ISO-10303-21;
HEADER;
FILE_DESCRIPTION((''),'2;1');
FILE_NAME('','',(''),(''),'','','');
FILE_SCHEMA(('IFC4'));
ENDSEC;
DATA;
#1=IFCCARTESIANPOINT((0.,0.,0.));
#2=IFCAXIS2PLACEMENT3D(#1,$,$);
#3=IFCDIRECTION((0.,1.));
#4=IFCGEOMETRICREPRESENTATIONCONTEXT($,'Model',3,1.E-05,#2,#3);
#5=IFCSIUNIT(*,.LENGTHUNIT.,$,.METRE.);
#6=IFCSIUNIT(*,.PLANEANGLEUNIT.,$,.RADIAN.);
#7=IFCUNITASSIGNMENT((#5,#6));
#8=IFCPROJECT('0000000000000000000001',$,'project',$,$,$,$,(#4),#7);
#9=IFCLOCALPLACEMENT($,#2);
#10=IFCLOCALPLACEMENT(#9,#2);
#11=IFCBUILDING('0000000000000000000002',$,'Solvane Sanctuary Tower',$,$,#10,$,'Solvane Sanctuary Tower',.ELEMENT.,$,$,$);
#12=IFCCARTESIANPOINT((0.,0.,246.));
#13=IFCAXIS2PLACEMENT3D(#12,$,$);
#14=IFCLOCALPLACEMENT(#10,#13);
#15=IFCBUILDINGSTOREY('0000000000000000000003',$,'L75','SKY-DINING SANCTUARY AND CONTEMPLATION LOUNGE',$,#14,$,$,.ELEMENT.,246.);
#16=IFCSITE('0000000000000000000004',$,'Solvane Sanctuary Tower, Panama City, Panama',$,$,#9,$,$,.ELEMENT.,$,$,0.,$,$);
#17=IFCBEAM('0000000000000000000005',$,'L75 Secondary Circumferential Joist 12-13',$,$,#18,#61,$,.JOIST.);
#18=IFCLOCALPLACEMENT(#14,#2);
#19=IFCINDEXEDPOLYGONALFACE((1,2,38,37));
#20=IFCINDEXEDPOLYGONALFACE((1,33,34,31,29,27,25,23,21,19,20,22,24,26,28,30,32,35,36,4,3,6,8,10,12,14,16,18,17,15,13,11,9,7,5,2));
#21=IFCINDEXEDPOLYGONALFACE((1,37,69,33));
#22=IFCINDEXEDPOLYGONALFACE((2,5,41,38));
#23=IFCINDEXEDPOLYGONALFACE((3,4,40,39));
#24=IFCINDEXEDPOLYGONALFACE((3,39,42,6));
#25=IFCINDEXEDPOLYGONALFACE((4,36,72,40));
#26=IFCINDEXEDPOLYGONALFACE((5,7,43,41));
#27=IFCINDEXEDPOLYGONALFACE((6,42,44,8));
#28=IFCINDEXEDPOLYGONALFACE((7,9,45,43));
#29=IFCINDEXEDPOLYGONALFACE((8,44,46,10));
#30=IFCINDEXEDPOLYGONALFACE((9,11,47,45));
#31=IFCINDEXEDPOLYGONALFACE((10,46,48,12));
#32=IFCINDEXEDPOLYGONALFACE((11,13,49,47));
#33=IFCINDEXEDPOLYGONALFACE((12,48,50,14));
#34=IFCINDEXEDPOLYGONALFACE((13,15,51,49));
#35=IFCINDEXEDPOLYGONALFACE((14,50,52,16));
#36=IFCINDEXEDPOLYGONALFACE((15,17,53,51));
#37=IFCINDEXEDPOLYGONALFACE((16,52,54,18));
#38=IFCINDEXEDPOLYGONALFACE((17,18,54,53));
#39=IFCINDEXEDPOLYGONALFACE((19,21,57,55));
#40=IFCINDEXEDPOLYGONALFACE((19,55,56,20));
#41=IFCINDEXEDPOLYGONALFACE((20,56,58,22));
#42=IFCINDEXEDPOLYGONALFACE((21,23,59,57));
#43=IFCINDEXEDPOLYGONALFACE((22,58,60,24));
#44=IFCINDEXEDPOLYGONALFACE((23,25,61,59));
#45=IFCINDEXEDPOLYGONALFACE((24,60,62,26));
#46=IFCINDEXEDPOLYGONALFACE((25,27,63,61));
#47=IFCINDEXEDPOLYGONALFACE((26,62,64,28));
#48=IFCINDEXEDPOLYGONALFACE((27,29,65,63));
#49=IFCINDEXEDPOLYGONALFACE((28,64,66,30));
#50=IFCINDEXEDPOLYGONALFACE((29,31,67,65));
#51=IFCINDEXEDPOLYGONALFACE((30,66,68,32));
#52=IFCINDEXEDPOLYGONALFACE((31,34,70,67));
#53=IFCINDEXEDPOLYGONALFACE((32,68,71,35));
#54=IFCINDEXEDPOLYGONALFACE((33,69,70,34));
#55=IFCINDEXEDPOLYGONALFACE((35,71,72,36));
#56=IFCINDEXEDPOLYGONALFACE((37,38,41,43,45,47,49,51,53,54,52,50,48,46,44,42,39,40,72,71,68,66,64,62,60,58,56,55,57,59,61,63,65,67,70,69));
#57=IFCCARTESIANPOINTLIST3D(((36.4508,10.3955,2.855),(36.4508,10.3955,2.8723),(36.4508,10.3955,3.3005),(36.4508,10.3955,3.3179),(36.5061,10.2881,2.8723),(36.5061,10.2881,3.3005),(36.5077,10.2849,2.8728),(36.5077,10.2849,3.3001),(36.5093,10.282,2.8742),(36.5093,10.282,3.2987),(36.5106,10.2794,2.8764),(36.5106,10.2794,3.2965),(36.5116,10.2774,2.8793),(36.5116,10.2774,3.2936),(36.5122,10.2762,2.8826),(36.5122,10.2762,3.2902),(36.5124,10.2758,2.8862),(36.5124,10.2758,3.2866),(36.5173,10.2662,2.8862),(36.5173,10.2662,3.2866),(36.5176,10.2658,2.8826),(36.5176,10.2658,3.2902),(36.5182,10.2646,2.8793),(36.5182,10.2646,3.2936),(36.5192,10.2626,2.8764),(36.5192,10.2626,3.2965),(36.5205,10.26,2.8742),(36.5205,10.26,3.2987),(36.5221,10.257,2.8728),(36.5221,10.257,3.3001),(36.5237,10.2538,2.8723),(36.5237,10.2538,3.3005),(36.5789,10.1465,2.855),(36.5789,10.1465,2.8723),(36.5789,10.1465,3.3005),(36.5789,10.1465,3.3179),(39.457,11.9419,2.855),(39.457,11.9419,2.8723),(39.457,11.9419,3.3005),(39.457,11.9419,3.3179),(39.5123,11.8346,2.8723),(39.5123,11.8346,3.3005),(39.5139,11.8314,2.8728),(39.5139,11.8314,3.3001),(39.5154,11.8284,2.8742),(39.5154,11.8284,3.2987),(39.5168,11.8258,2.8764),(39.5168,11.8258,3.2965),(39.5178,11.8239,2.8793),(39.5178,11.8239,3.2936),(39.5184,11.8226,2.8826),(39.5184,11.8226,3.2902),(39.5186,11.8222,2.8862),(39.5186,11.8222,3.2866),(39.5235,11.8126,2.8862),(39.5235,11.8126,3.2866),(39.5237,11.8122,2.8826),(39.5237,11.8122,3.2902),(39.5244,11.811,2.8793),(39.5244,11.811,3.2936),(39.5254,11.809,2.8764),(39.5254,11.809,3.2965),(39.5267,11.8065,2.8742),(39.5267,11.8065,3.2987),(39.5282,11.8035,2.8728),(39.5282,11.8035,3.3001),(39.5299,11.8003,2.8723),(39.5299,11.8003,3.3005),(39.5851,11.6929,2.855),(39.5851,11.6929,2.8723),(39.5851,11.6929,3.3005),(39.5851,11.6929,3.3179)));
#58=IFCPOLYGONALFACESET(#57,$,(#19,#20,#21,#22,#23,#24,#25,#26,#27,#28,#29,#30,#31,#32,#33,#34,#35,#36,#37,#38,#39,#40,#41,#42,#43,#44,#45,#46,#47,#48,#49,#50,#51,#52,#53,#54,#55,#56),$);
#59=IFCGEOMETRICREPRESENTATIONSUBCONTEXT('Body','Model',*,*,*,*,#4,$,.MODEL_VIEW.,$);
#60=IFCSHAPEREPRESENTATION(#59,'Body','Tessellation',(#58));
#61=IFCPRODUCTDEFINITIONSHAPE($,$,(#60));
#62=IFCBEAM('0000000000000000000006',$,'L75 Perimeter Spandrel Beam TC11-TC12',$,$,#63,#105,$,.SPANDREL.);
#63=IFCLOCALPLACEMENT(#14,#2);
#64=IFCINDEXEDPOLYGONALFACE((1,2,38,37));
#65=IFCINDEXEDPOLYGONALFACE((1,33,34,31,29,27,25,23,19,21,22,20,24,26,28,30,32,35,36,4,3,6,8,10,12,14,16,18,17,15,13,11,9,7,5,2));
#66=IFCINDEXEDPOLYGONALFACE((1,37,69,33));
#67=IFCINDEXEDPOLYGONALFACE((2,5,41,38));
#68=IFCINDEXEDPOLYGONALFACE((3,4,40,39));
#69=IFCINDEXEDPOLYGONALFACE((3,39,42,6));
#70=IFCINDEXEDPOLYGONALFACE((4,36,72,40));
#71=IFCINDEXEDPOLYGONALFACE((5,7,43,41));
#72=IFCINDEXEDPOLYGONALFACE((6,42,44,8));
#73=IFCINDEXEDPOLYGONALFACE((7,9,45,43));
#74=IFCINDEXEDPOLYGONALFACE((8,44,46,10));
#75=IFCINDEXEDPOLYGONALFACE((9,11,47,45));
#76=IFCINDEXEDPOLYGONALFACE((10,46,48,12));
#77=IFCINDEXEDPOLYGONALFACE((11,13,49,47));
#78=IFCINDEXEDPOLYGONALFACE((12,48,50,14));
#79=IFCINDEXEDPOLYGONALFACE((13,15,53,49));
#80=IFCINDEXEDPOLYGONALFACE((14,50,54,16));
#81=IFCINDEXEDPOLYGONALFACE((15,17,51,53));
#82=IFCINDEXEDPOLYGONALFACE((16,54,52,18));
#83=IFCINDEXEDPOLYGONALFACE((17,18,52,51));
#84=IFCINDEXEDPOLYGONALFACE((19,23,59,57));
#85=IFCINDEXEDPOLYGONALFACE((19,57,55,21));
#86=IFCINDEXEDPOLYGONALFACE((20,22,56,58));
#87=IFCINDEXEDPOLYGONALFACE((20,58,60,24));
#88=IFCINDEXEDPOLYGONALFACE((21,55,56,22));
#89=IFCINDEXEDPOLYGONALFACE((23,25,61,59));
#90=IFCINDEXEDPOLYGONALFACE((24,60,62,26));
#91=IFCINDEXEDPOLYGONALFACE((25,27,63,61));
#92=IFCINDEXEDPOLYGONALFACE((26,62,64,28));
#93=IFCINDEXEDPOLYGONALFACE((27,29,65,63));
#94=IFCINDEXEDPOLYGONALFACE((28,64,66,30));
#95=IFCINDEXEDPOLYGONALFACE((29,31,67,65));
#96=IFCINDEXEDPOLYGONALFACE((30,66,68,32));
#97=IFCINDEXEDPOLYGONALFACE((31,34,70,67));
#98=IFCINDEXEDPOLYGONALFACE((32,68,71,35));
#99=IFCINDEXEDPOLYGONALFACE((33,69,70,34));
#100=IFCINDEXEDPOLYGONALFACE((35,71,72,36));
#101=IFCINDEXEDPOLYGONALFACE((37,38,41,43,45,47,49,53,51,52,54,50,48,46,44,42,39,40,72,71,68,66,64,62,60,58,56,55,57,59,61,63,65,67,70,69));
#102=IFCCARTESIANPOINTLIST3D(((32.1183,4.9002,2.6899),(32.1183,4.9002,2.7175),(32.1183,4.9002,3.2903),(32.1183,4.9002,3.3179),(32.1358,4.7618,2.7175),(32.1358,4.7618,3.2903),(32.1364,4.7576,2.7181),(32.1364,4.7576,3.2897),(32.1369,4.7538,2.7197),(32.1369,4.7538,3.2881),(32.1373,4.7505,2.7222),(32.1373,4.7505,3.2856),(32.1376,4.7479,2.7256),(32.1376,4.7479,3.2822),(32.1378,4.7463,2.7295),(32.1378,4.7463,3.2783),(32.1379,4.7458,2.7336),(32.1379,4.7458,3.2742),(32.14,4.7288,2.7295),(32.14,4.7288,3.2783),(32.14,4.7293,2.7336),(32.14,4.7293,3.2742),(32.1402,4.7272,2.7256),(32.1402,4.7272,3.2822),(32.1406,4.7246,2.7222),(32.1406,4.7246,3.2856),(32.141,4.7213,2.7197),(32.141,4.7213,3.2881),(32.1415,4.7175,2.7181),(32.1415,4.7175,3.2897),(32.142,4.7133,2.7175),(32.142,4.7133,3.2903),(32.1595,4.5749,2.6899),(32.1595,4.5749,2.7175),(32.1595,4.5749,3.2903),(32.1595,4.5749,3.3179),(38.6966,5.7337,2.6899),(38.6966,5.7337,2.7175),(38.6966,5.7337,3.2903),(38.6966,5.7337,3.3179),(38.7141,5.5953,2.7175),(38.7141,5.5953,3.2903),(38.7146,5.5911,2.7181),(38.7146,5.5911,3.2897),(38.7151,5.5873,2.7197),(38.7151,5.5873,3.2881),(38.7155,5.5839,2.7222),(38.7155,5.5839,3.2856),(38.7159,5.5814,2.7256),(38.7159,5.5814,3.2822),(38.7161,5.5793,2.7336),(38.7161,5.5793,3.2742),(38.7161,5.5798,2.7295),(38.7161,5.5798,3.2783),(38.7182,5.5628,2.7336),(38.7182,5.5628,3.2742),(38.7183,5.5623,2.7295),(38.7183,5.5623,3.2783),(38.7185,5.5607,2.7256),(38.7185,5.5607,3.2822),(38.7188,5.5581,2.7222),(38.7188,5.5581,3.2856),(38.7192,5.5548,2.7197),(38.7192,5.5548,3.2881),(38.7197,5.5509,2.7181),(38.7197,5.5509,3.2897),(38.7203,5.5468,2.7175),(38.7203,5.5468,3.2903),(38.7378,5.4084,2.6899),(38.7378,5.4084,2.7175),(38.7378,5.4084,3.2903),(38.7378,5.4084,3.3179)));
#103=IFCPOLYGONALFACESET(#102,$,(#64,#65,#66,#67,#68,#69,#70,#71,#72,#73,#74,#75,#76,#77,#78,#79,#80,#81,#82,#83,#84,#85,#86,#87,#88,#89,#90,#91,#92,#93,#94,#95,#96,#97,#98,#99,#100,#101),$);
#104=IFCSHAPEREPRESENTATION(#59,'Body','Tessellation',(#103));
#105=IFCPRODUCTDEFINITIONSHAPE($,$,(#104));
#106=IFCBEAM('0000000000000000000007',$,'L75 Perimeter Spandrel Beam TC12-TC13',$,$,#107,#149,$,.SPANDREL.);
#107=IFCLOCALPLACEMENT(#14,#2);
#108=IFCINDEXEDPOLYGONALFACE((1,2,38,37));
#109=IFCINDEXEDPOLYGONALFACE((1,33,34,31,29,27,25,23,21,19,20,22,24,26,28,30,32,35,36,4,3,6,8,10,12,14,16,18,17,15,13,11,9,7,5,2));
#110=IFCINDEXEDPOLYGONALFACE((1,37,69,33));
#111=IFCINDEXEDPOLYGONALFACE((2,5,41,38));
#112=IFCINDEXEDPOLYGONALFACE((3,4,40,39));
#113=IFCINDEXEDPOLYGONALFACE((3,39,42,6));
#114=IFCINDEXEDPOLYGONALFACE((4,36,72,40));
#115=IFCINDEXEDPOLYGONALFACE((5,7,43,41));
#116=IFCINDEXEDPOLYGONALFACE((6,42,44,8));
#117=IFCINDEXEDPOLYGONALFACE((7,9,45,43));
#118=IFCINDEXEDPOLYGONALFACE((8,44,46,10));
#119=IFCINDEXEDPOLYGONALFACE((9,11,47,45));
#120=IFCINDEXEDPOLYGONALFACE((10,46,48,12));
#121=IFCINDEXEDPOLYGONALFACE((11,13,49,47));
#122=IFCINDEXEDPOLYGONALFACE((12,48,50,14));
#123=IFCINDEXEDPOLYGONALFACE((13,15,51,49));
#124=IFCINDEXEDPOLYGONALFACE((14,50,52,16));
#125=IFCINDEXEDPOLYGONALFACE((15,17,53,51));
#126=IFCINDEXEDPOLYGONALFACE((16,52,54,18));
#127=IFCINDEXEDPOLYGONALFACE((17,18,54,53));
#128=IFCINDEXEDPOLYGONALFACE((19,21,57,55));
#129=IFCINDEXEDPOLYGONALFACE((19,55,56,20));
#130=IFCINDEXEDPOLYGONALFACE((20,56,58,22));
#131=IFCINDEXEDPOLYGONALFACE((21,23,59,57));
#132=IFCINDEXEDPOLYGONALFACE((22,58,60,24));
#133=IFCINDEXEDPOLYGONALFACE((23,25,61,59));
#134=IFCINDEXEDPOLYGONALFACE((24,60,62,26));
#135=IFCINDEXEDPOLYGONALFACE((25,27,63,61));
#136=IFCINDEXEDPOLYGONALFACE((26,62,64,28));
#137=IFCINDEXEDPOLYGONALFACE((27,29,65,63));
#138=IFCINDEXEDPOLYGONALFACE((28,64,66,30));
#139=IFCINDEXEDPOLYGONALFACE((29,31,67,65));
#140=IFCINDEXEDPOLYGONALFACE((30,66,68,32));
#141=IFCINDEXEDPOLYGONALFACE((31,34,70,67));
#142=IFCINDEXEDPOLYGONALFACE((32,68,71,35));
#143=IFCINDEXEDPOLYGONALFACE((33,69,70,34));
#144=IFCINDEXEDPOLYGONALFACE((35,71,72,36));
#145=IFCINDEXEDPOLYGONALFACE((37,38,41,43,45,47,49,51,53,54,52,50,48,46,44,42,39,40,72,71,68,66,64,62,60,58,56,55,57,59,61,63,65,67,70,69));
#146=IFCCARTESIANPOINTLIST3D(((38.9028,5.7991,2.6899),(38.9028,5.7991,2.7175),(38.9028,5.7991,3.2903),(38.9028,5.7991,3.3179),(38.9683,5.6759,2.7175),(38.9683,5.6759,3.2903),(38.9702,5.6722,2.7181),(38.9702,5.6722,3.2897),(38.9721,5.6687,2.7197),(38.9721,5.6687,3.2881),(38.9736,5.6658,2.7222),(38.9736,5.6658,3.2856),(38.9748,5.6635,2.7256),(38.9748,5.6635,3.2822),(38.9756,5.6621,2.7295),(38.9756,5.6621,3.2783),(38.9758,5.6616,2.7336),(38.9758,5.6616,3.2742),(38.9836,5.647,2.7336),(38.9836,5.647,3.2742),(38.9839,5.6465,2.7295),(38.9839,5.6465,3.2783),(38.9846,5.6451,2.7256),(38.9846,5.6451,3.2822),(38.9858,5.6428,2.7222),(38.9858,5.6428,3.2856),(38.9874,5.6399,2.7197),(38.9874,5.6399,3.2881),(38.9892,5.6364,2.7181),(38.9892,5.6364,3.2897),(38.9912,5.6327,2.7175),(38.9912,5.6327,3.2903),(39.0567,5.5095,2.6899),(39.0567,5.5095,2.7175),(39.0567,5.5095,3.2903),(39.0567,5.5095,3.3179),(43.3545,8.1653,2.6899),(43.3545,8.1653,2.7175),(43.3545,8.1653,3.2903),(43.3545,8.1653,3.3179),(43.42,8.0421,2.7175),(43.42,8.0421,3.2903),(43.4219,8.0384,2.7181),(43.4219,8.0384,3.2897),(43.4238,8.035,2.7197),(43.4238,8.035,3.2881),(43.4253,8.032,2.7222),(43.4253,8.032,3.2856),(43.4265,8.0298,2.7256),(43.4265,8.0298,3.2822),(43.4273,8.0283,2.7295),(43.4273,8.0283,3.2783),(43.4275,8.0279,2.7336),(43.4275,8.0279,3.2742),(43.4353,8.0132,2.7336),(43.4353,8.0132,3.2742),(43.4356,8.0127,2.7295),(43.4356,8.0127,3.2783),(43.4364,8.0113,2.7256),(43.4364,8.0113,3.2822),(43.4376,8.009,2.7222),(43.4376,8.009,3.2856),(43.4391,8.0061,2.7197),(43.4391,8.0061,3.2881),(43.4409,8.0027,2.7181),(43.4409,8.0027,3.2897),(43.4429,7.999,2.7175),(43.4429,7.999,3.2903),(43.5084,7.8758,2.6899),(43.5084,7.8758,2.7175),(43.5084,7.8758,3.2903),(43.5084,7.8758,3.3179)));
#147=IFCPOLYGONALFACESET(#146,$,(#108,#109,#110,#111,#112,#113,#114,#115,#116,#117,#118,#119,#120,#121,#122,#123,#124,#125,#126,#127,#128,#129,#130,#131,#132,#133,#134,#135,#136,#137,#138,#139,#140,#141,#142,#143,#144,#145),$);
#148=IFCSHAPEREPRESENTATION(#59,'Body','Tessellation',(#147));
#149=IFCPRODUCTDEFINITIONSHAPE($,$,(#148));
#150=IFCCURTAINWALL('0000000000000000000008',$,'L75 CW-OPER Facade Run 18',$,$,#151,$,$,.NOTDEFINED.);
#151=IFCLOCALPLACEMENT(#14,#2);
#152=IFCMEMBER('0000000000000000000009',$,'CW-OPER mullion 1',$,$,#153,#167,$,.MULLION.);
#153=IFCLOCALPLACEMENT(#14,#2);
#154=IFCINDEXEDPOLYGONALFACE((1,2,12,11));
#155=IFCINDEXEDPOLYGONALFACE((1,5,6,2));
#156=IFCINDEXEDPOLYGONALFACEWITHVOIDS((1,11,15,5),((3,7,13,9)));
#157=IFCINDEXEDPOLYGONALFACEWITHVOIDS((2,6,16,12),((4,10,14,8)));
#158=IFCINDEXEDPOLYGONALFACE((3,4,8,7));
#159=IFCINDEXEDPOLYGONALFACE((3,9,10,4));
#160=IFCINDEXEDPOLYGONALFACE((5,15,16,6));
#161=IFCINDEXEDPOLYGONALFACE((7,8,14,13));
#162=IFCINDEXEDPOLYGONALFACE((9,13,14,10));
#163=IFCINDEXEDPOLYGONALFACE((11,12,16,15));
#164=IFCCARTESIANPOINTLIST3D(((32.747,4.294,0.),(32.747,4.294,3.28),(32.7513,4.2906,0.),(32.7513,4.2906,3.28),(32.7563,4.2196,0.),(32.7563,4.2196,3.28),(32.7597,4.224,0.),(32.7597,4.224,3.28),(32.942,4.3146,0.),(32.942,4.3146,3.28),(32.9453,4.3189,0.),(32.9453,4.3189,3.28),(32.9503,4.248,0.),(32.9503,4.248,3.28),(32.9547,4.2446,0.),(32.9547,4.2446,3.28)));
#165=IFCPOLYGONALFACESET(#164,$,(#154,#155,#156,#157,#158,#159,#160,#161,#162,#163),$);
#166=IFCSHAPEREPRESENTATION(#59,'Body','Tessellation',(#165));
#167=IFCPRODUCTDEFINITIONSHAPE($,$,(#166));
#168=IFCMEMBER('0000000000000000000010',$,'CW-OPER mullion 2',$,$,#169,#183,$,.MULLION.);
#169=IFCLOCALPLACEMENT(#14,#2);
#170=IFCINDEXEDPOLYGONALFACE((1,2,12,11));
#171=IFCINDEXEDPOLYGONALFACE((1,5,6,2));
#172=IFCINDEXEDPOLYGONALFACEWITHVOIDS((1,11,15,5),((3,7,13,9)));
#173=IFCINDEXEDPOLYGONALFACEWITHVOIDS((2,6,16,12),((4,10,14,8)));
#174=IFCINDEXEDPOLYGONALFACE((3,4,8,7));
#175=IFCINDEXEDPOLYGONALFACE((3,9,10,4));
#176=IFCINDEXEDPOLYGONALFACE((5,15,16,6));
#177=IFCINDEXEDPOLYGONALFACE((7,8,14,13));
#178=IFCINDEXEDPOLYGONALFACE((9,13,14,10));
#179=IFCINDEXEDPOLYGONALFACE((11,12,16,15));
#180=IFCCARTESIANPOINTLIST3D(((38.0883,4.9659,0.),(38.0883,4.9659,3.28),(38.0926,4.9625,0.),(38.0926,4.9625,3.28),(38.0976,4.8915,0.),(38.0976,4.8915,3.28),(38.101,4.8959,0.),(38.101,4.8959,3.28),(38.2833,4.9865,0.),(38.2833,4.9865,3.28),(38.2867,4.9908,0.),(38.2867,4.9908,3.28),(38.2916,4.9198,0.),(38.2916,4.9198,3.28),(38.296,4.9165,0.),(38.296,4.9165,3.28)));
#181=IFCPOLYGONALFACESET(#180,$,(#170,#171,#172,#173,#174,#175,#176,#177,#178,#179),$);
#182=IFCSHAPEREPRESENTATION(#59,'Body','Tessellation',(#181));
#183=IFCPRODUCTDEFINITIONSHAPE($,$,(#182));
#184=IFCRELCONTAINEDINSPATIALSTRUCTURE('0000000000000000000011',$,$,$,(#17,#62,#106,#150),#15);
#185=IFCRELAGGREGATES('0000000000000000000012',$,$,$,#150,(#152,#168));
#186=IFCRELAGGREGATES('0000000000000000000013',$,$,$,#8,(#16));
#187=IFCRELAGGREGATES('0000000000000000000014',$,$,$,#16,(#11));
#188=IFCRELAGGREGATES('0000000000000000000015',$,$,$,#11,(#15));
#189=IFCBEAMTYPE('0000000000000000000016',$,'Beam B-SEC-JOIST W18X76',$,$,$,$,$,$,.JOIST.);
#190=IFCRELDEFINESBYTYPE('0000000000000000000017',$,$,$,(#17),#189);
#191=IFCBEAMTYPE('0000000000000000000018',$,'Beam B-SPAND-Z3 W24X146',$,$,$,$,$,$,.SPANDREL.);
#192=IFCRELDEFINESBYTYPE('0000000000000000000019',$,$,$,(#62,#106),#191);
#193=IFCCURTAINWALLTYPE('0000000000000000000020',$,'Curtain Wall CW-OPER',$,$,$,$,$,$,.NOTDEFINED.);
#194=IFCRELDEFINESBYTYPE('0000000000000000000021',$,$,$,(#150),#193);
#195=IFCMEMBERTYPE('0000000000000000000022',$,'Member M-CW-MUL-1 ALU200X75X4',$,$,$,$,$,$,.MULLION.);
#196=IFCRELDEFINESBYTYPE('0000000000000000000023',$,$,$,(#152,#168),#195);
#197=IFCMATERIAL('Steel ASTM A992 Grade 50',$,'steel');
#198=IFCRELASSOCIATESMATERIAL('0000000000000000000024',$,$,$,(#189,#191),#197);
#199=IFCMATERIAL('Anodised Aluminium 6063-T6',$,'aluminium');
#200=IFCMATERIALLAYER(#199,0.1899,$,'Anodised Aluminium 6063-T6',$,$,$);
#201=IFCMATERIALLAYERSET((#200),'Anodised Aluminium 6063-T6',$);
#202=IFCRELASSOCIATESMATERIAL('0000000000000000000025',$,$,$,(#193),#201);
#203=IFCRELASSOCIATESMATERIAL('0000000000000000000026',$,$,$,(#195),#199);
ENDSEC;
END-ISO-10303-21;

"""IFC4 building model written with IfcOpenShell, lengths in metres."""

from ifc_helpers import new_model, si_unit, direction, frame, origin, origin_2d, place, context, subcontext, project, spatial, hollow_rectangle, i_section, extrude, material, layer, layer_set, material_profile, profile_set, type_object, element, aggregate, save


model = new_model("IFC4")

# Units and contexts
model_context = context("Model", 3, precision=1e-05, world=origin(), true_north=direction((0.0, 1.0)))
body_context = subcontext(model_context, "Body", "Model", "MODEL_VIEW")
ifc_project = project(units=[si_unit("LENGTHUNIT", "METRE"), si_unit("PLANEANGLEUNIT", "RADIAN")], contexts=[model_context])

# Site, building, storey
site_placement = place(None, origin())
site = spatial("IfcSite", under=ifc_project, at=site_placement, Name="Solvane Sanctuary Tower, Panama City, Panama", CompositionType="ELEMENT", RefElevation=0.0)
building_placement = place(site_placement, origin())
building = spatial("IfcBuilding", under=site, at=building_placement, Name="Solvane Sanctuary Tower", LongName="Solvane Sanctuary Tower", CompositionType="ELEMENT")
storey_placement = place(building_placement, frame((0.0, 0.0, 246.0)))
storey = spatial("IfcBuildingStorey", under=building, at=storey_placement, Name="L75", Description="SKY-DINING SANCTUARY AND CONTEMPLATION LOUNGE", CompositionType="ELEMENT", Elevation=246.0)

# Beams
ifc_material_1 = material(Name="Steel ASTM A992 Grade 50", Category="steel")
ifc_material_profile_1 = material_profile(ifc_material_1, i_section(OverallWidth=0.28, OverallDepth=0.4629, WebThickness=0.0107, FlangeThickness=0.0173, FilletRadius=0.0139, at=origin_2d()), Name="W18X76")
ifc_profile_set_1 = profile_set([ifc_material_profile_1], Name="Steel ASTM A992 Grade 50")
beam_type_1 = type_object("IfcBeamType", Name="Beam B-SEC-JOIST W18X76", PredefinedType="JOIST", material=ifc_profile_set_1)
beam_1_placement = place(storey_placement, frame((36.5149, 10.271, 3.0864), z_axis=(0.889241, 0.457439, 0.0), x_axis=(-0.457439, 0.889241, 0.0)))
element("IfcBeam", 1, at=beam_1_placement, inside=storey, type_object=beam_type_1, Name="L75 Secondary Circumferential Joist 12-13", PredefinedType="JOIST", context=body_context, shape_type="SweptSolid", body=[
    extrude(i_section(OverallWidth=0.28, OverallDepth=0.4629, WebThickness=0.0107, FlangeThickness=0.0173, FilletRadius=0.0139, at=origin_2d()), origin(), (0.0, 0.0, 1.0), 3.3806),
])
ifc_material_profile_2 = material_profile(ifc_material_1, i_section(OverallWidth=0.3279, OverallDepth=0.6279, WebThickness=0.0166, FlangeThickness=0.0276, FilletRadius=0.0161, at=origin_2d()), Name="W24X146")
ifc_profile_set_2 = profile_set([ifc_material_profile_2], Name="Steel ASTM A992 Grade 50")
beam_type_2 = type_object("IfcBeamType", Name="Beam B-SPAND-Z3 W24X146", PredefinedType="SPANDREL", material=ifc_profile_set_2)
beam_2_placement = place(storey_placement, frame((32.1389, 4.7375, 3.0039), z_axis=(0.992069, 0.125698, 0.0), x_axis=(-0.125698, 0.992069, 0.0)))
element("IfcBeam", 2, at=beam_2_placement, inside=storey, type_object=beam_type_2, Name="L75 Perimeter Spandrel Beam TC11-TC12", PredefinedType="SPANDREL", context=body_context, shape_type="SweptSolid", body=[
    extrude(i_section(OverallWidth=0.3279, OverallDepth=0.6279, WebThickness=0.0166, FlangeThickness=0.0276, FilletRadius=0.0161, at=origin_2d()), origin(), (0.0, 0.0, 1.0), 6.6309),
])
beam_3_placement = place(storey_placement, frame((38.9797, 5.6543, 3.0039), z_axis=(0.883012, 0.469351, 0.0), x_axis=(-0.469351, 0.883012, 0.0)))
element("IfcBeam", 3, at=beam_3_placement, inside=storey, type_object=beam_type_2, Name="L75 Perimeter Spandrel Beam TC12-TC13", PredefinedType="SPANDREL", context=body_context, shape_type="SweptSolid", body=[
    extrude(i_section(OverallWidth=0.3279, OverallDepth=0.6279, WebThickness=0.0166, FlangeThickness=0.0276, FilletRadius=0.0161, at=origin_2d()), origin(), (0.0, 0.0, 1.0), 5.0415),
])

# Curtain wall, members
ifc_material_2 = material(Name="Anodised Aluminium 6063-T6", Category="aluminium")
ifc_layer_1 = layer(ifc_material_2, 0.1899, Name="Anodised Aluminium 6063-T6")
ifc_layer_set_1 = layer_set([ifc_layer_1], Name="Anodised Aluminium 6063-T6")
curtain_wall_type = type_object("IfcCurtainWallType", Name="Curtain Wall CW-OPER", PredefinedType="NOTDEFINED", material=ifc_layer_set_1)
curtain_wall_placement = place(storey_placement, origin())
curtain_wall = element("IfcCurtainWall", 4, at=curtain_wall_placement, inside=storey, type_object=curtain_wall_type, Name="L75 CW-OPER Facade Run 18", PredefinedType="NOTDEFINED")
ifc_material_profile_3 = material_profile(ifc_material_2, hollow_rectangle(XDim=0.075, YDim=0.2, WallThickness=0.0039, at=origin_2d()), Name="ALU200X75X4")
ifc_profile_set_3 = profile_set([ifc_material_profile_3], Name="Anodised Aluminium 6063-T6")
member_type_1 = type_object("IfcMemberType", Name="Member M-CW-MUL-1 ALU200X75X4", PredefinedType="MULLION", material=ifc_profile_set_3)
member_1_placement = place(storey_placement, frame((32.8508, 4.2693, 0.0), z_axis=(0.0, 0.0, 1.0), x_axis=(-0.124815, 0.99218, 0.0)))
member_1 = element("IfcMember", 5, at=member_1_placement, type_object=member_type_1, Name="CW-OPER mullion 1", PredefinedType="MULLION", context=body_context, shape_type="SweptSolid", body=[
    extrude(hollow_rectangle(XDim=0.075, YDim=0.2, WallThickness=0.0039, at=origin_2d()), origin(), (0.0, 0.0, 1.0), 3.28),
])
member_2_placement = place(storey_placement, frame((38.1921, 4.9412, 0.0), z_axis=(0.0, 0.0, 1.0), x_axis=(-0.124815, 0.99218, 0.0)))
member_2 = element("IfcMember", 6, at=member_2_placement, type_object=member_type_1, Name="CW-OPER mullion 2", PredefinedType="MULLION", context=body_context, shape_type="SweptSolid", body=[
    extrude(hollow_rectangle(XDim=0.075, YDim=0.2, WallThickness=0.0039, at=origin_2d()), origin(), (0.0, 0.0, 1.0), 3.28),
])
aggregate(curtain_wall, [member_1, member_2])

save(model, "model.ifc")
